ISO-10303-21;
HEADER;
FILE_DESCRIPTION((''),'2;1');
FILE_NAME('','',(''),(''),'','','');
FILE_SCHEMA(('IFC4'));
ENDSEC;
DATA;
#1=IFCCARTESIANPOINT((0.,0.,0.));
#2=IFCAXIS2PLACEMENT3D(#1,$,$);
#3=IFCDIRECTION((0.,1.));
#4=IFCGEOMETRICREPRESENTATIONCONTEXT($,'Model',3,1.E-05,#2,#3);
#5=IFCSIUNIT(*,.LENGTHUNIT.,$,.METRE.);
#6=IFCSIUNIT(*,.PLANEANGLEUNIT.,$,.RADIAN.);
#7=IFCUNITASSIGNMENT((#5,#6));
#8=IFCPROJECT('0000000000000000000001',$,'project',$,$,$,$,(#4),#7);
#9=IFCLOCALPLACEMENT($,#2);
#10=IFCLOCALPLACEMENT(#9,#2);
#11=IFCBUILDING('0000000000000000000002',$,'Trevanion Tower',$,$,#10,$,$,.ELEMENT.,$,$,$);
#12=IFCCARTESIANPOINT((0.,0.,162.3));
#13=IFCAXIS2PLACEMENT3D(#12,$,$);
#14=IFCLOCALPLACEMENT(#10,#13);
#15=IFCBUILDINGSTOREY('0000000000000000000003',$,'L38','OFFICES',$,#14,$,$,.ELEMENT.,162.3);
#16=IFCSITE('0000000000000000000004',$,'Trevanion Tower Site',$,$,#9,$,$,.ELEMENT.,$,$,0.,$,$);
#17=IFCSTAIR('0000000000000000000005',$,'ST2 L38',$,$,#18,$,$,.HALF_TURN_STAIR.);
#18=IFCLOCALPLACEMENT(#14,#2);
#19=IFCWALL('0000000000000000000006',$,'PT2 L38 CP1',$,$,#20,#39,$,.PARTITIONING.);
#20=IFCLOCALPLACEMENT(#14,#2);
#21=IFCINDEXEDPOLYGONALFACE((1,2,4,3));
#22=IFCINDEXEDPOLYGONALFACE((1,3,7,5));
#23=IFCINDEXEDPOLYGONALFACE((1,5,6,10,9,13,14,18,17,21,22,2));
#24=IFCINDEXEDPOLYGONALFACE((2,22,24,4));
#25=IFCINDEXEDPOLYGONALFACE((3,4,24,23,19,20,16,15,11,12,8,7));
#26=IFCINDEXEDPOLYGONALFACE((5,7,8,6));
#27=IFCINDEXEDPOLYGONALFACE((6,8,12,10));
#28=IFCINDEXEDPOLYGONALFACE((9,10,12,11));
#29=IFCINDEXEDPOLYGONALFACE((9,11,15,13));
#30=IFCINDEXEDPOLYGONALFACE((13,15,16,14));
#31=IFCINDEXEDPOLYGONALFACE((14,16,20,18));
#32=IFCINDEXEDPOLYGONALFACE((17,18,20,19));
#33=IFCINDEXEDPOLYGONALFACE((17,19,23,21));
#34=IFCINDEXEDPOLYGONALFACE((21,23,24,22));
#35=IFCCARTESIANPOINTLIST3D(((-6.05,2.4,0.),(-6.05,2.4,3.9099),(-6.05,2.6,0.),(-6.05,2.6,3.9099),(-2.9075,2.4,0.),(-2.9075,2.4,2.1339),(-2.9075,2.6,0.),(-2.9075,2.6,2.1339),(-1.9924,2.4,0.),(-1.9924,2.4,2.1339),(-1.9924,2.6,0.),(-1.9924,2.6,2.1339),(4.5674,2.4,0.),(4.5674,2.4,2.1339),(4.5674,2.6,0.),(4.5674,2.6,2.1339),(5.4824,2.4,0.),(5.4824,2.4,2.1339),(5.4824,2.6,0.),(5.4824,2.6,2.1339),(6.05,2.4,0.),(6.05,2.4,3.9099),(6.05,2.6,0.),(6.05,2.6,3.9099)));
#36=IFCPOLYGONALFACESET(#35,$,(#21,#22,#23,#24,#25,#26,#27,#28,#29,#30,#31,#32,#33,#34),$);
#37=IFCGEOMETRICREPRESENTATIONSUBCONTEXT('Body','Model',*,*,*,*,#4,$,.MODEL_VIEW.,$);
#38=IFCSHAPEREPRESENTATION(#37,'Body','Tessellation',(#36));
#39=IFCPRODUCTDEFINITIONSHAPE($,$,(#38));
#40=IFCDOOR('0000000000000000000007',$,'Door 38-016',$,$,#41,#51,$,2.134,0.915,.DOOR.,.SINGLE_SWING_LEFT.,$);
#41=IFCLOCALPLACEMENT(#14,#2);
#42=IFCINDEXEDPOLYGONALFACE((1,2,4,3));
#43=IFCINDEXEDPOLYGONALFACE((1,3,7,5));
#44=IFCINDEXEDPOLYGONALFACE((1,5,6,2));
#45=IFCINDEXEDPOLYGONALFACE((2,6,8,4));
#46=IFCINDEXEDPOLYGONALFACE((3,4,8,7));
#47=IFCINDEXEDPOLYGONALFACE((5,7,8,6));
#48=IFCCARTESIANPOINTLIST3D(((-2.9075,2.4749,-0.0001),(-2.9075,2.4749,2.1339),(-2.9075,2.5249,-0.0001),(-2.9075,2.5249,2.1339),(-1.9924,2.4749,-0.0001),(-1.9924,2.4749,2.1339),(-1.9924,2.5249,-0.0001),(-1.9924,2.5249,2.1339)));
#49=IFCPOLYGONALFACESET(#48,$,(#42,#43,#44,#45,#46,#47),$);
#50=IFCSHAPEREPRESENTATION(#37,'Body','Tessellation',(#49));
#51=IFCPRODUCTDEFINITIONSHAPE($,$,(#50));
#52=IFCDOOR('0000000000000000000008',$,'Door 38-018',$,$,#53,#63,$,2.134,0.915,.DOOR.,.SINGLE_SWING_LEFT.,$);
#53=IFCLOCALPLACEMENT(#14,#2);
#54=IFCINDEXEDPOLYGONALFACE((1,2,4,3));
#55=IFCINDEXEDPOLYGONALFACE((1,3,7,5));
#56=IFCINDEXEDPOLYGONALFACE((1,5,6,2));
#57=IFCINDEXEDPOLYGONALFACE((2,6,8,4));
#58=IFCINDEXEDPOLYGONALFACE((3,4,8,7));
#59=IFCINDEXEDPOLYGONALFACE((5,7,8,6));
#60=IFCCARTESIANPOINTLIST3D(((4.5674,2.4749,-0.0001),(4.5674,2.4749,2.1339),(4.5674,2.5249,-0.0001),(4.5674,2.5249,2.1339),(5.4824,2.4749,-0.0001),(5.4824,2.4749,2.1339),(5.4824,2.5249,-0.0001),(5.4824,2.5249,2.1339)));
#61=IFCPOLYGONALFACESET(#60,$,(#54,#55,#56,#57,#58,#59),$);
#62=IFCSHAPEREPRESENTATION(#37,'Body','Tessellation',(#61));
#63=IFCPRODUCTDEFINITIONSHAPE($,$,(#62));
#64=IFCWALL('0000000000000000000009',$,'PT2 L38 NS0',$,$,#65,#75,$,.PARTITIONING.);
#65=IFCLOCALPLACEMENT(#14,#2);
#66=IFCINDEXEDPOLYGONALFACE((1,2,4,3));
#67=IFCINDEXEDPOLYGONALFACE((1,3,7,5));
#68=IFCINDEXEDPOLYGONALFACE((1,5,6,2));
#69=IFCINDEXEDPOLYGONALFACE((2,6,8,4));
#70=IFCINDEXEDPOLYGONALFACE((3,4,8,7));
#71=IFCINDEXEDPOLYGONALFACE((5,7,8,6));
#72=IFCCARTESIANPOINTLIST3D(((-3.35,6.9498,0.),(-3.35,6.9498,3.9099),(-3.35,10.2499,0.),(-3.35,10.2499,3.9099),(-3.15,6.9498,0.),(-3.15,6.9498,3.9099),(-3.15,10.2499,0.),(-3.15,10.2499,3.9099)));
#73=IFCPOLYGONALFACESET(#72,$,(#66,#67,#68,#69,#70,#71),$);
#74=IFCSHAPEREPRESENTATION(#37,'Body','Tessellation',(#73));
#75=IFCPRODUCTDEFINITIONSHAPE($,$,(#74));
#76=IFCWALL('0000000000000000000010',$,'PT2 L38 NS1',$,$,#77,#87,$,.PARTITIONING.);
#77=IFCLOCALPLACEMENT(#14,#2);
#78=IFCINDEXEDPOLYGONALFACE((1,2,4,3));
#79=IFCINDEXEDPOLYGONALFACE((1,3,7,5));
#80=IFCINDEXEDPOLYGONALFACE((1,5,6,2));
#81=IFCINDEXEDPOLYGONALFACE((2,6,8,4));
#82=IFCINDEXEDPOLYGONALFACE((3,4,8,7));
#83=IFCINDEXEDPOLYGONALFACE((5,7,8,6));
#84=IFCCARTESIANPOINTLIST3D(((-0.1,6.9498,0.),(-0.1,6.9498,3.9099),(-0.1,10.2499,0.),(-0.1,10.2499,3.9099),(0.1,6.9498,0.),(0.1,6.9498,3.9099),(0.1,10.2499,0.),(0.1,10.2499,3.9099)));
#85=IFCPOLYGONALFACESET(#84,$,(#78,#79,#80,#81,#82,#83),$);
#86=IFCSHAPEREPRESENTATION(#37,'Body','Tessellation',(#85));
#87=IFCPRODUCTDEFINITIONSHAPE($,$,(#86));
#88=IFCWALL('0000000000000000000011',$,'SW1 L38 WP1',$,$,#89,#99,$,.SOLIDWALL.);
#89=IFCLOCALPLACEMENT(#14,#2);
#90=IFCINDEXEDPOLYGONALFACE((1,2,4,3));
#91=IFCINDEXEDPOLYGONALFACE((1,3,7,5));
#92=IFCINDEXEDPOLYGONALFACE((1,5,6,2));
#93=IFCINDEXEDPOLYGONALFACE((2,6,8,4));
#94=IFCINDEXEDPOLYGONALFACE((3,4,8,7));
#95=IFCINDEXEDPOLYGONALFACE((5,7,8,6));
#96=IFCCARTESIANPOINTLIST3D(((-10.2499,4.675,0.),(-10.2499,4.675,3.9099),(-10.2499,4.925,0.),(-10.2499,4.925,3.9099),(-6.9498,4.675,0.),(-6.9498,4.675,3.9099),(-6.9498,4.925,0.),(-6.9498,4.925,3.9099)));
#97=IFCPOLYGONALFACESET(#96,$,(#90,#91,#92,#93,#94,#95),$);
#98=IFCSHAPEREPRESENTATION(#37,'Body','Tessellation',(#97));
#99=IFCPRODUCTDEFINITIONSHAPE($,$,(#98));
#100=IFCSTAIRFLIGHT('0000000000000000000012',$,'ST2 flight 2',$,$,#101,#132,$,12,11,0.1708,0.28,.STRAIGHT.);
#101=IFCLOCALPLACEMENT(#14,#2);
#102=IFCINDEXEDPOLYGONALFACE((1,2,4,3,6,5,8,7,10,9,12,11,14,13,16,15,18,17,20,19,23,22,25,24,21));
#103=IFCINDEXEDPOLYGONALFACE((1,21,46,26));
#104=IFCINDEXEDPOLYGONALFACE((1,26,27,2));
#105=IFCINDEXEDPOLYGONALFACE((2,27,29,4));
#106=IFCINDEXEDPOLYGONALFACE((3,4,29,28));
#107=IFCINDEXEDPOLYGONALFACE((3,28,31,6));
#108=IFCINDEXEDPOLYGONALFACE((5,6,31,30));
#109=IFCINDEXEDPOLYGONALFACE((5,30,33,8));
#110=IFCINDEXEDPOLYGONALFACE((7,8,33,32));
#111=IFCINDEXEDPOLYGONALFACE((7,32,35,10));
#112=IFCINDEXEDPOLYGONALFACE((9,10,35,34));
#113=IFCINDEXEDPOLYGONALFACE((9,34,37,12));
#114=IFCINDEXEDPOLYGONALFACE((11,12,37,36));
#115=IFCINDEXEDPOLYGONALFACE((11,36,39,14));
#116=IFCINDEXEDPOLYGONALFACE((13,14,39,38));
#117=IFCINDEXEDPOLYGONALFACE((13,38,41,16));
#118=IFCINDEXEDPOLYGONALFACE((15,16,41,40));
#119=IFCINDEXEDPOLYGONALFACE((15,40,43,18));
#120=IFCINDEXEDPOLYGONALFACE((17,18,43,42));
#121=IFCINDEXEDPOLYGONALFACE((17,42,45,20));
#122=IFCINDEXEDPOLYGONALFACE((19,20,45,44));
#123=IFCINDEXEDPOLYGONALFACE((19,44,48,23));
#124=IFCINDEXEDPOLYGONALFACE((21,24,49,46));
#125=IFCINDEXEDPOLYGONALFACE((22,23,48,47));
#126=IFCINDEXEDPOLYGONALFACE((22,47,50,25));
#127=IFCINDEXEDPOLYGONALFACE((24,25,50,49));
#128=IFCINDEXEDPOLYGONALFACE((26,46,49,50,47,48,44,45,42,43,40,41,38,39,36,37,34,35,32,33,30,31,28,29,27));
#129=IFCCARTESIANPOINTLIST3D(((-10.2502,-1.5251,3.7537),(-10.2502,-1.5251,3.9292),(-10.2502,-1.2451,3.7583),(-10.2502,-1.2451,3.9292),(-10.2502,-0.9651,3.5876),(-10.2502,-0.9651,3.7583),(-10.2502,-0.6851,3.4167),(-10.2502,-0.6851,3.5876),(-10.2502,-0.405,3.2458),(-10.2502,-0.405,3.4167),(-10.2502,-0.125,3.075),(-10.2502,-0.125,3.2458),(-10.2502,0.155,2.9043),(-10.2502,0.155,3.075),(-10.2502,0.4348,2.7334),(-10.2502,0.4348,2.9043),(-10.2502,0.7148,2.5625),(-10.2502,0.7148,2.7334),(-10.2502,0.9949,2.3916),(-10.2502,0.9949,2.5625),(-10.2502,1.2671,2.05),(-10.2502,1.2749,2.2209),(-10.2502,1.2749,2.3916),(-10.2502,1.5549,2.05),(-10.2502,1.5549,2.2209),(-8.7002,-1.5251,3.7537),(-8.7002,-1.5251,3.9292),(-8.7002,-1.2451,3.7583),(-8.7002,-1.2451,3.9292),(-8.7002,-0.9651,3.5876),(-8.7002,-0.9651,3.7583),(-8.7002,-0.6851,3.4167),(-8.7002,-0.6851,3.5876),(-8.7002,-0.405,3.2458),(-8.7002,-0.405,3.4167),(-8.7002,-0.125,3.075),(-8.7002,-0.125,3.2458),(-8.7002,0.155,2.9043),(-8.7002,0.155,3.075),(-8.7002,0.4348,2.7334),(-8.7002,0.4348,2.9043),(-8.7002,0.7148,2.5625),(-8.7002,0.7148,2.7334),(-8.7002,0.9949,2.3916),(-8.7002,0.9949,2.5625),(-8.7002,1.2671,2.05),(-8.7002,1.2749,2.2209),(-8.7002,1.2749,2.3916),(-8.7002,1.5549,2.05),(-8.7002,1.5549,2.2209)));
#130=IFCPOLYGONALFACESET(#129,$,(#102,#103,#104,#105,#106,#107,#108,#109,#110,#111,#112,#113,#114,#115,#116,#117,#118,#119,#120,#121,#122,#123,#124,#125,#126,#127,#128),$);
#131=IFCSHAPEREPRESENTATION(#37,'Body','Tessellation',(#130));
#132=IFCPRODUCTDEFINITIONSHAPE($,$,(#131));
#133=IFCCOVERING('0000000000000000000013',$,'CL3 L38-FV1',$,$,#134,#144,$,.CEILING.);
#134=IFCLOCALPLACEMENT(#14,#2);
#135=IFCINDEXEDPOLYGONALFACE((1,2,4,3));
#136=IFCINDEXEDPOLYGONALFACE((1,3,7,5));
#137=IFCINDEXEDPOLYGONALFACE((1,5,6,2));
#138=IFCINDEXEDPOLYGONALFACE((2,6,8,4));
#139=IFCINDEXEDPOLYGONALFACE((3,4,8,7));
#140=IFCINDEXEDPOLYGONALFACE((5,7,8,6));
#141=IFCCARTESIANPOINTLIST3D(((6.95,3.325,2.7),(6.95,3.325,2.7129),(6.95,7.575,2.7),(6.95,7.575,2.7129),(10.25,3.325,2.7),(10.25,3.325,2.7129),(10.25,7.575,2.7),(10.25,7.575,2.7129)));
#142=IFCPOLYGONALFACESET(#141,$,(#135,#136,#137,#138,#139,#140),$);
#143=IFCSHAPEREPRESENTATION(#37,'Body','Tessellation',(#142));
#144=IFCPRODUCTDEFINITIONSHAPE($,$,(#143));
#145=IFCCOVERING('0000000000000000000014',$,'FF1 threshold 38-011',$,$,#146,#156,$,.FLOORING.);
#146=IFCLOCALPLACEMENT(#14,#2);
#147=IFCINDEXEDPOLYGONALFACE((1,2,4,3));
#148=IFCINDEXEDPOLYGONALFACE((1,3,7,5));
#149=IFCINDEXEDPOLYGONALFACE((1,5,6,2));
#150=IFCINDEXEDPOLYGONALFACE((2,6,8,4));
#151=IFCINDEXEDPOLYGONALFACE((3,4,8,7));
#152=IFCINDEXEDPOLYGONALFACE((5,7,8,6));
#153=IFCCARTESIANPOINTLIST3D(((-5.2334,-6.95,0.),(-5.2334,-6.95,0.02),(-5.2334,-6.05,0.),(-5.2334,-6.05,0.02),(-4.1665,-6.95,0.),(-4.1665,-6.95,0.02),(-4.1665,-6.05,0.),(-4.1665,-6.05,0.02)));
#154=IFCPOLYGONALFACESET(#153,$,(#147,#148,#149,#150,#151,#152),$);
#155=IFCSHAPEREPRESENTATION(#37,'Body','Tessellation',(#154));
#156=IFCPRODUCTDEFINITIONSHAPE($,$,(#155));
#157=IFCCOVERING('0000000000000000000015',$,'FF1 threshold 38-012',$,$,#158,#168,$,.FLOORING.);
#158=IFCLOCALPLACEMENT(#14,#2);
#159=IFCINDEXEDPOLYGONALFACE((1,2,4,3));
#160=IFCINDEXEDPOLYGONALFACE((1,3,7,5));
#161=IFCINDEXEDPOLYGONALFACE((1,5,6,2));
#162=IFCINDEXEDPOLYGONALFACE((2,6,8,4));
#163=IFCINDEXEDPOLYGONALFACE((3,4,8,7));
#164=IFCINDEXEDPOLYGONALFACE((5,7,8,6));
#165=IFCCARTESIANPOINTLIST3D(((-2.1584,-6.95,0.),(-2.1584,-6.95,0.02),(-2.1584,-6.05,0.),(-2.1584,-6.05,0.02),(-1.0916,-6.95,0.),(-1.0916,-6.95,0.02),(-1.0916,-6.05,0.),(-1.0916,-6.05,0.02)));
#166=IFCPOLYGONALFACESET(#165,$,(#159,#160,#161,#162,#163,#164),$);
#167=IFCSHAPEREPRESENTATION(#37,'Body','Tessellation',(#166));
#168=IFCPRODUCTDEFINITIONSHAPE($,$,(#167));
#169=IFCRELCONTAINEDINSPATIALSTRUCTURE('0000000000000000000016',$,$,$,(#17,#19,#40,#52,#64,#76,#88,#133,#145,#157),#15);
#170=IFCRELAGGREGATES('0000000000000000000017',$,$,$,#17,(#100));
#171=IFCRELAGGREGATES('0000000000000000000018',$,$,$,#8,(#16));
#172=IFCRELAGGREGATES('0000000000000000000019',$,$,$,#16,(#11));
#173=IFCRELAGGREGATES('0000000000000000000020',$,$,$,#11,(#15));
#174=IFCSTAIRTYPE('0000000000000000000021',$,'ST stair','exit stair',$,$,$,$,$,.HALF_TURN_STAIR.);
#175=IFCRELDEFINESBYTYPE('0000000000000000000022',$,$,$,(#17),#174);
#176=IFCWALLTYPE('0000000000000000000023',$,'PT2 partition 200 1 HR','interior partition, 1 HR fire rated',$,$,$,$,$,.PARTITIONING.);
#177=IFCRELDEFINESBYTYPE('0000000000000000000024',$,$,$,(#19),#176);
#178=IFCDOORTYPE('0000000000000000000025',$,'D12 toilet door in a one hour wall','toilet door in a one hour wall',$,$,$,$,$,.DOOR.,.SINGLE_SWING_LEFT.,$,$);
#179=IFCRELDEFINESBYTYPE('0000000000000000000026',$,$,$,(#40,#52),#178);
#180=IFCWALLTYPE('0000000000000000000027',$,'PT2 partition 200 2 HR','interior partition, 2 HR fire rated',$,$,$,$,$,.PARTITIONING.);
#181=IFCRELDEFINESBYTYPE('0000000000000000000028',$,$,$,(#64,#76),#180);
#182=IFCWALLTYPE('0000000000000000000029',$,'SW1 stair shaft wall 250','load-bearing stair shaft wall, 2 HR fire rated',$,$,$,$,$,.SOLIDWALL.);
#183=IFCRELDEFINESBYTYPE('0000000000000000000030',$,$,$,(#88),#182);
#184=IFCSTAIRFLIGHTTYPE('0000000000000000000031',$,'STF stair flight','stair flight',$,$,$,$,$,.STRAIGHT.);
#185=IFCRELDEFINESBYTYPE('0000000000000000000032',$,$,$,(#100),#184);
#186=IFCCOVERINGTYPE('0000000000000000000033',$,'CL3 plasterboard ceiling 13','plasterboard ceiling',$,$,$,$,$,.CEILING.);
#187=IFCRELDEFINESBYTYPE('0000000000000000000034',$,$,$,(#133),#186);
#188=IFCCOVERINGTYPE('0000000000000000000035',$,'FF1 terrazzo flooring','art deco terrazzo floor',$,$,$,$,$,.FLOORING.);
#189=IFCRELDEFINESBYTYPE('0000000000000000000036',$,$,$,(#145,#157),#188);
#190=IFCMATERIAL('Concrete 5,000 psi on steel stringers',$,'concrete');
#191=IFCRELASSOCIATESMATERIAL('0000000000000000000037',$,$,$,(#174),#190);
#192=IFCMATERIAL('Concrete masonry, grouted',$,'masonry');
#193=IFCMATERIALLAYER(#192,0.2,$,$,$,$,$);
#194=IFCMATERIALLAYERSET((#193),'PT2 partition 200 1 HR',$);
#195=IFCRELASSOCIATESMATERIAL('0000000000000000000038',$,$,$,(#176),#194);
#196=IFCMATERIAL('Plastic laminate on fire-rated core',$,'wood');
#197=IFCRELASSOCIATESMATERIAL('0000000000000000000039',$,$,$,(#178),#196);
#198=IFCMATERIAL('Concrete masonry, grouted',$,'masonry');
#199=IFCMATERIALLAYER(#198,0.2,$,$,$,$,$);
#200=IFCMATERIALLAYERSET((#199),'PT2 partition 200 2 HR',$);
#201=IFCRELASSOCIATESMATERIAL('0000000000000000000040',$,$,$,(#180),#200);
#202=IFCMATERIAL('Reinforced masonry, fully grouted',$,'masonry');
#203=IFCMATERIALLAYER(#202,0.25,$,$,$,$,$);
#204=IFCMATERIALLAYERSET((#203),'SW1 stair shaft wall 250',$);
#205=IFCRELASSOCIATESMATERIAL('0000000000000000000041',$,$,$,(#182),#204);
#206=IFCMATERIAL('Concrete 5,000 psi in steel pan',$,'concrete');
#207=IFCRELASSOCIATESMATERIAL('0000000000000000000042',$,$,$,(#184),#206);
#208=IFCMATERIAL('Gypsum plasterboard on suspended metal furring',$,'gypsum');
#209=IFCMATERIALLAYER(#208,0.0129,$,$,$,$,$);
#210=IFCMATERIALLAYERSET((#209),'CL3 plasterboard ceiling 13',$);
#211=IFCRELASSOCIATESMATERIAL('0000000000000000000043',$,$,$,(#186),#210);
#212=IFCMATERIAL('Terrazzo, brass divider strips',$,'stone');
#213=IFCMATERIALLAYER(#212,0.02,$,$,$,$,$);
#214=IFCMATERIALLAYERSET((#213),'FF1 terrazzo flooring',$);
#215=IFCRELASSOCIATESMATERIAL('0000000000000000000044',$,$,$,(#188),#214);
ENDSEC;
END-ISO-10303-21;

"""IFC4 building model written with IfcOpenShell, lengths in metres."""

from ifc_helpers import new_model, si_unit, direction, frame, frame_2d, origin, place, context, subcontext, project, spatial, polyline, rectangle, outline, extrude, material, layer, layer_set, type_object, element, fill, aggregate, save


model = new_model("IFC4")

# Units and contexts
model_context = context("Model", 3, precision=1e-05, world=origin(), true_north=direction((0.0, 1.0)))
body_context = subcontext(model_context, "Body", "Model", "MODEL_VIEW")
ifc_project = project(units=[si_unit("LENGTHUNIT", "METRE"), si_unit("PLANEANGLEUNIT", "RADIAN")], contexts=[model_context])

# Site, building, storey
site_placement = place(None, origin())
site = spatial("IfcSite", under=ifc_project, at=site_placement, Name="Trevanion Tower Site", CompositionType="ELEMENT", RefElevation=0.0)
building_placement = place(site_placement, origin())
building = spatial("IfcBuilding", under=site, at=building_placement, Name="Trevanion Tower", CompositionType="ELEMENT")
storey_placement = place(building_placement, frame((0.0, 0.0, 162.3)))
storey = spatial("IfcBuildingStorey", under=building, at=storey_placement, Name="L38", Description="OFFICES", CompositionType="ELEMENT", Elevation=162.3)

# Stair
ifc_material_1 = material(Name="Concrete 5,000 psi on steel stringers", Category="concrete")
stair_type = type_object("IfcStairType", Name="ST stair", Description="exit stair", PredefinedType="HALF_TURN_STAIR", material=ifc_material_1)
stair_1_placement = place(storey_placement, origin())
stair_1 = element("IfcStair", 1, at=stair_1_placement, inside=storey, type_object=stair_type, Name="ST2 L38", PredefinedType="HALF_TURN_STAIR")

# Wall, openings, doors
ifc_material_2 = material(Name="Concrete masonry, grouted", Category="masonry")
ifc_layer_1 = layer(ifc_material_2, 0.2)
ifc_layer_set_1 = layer_set([ifc_layer_1], Name="PT2 partition 200 1 HR")
wall_type_1 = type_object("IfcWallType", Name="PT2 partition 200 1 HR", Description="interior partition, 1 HR fire rated", PredefinedType="PARTITIONING", material=ifc_layer_set_1)
wall_1_placement = place(storey_placement, frame((-6.05, 2.5, 0.0), z_axis=(0.0, 0.0, 1.0), x_axis=(1.0, 0.0, 0.0)))
wall_1 = element("IfcWall", 2, at=wall_1_placement, inside=storey, type_object=wall_type_1, Name="PT2 L38 CP1", PredefinedType="PARTITIONING", context=body_context, shape_type="SweptSolid", body=[
    extrude(rectangle(XDim=12.1001, YDim=0.2, at=frame_2d((6.05, 0.0))), origin(), (0.0, 0.0, 1.0), 3.9099),
])
opening_1_placement = place(wall_1_placement, frame((3.1426, 0.0, 0.0)))
opening_1 = element("IfcOpeningElement", 3, at=opening_1_placement, cuts=wall_1, PredefinedType="OPENING", context=body_context, shape_type="SweptSolid", body=[
    extrude(rectangle(XDim=0.915, YDim=2.134, at=frame_2d((0.4575, 1.0669))), frame((0.0, 0.1099, 0.0), z_axis=(0.0, -1.0, 0.0), x_axis=(1.0, 0.0, 0.0)), (0.0, 0.0, 1.0), 0.22),
])
opening_2_placement = place(wall_1_placement, frame((10.6174, 0.0, 0.0)))
opening_2 = element("IfcOpeningElement", 4, at=opening_2_placement, cuts=wall_1, PredefinedType="OPENING", context=body_context, shape_type="SweptSolid", body=[
    extrude(rectangle(XDim=0.915, YDim=2.134, at=frame_2d((0.4575, 1.0669))), frame((0.0, 0.1099, 0.0), z_axis=(0.0, -1.0, 0.0), x_axis=(1.0, 0.0, 0.0)), (0.0, 0.0, 1.0), 0.22),
])
ifc_material_3 = material(Name="Plastic laminate on fire-rated core", Category="wood")
door_type_1 = type_object("IfcDoorType", Name="D12 toilet door in a one hour wall", Description="toilet door in a one hour wall", OperationType="SINGLE_SWING_LEFT", PredefinedType="DOOR", material=ifc_material_3)
door_1_placement = place(opening_1_placement, origin())
door_1 = element("IfcDoor", 5, at=door_1_placement, inside=storey, type_object=door_type_1, Name="Door 38-016", OperationType="SINGLE_SWING_LEFT", OverallHeight=2.134, OverallWidth=0.915, PredefinedType="DOOR", context=body_context, shape_type="SweptSolid", body=[
    extrude(rectangle(XDim=0.915, YDim=2.134, at=frame_2d((0.4575, 1.0669))), frame((0.0, 0.0249, 0.0), z_axis=(0.0, -1.0, 0.0), x_axis=(1.0, 0.0, 0.0)), (0.0, 0.0, 1.0), 0.05),
])
fill(opening_1, door_1)
door_2_placement = place(opening_2_placement, origin())
door_2 = element("IfcDoor", 6, at=door_2_placement, inside=storey, type_object=door_type_1, Name="Door 38-018", OperationType="SINGLE_SWING_LEFT", OverallHeight=2.134, OverallWidth=0.915, PredefinedType="DOOR", context=body_context, shape_type="SweptSolid", body=[
    extrude(rectangle(XDim=0.915, YDim=2.134, at=frame_2d((0.4575, 1.0669))), frame((0.0, 0.0249, 0.0), z_axis=(0.0, -1.0, 0.0), x_axis=(1.0, 0.0, 0.0)), (0.0, 0.0, 1.0), 0.05),
])
fill(opening_2, door_2)

# Walls
ifc_material_4 = material(Name="Concrete masonry, grouted", Category="masonry")
ifc_layer_2 = layer(ifc_material_4, 0.2)
ifc_layer_set_2 = layer_set([ifc_layer_2], Name="PT2 partition 200 2 HR")
wall_type_2 = type_object("IfcWallType", Name="PT2 partition 200 2 HR", Description="interior partition, 2 HR fire rated", PredefinedType="PARTITIONING", material=ifc_layer_set_2)
for number, where, z_axis, x_axis, name in (
    (7, (-3.25, 6.95, 0.0), (0.0, 0.0, 1.0), (0.0, 1.0, 0.0), "PT2 L38 NS0"),
    (8, (0.0, 6.95, 0.0), (0.0, 0.0, 1.0), (0.0, 1.0, 0.0), "PT2 L38 NS1"),
):
    element("IfcWall", number, at=place(storey_placement, frame(where, z_axis=z_axis, x_axis=x_axis)), inside=storey, type_object=wall_type_2, Name=name, PredefinedType="PARTITIONING", context=body_context, shape_type="SweptSolid", body=[
        extrude(rectangle(XDim=3.3, YDim=0.2, at=frame_2d((1.6499, 0.0))), origin(), (0.0, 0.0, 1.0), 3.9099),
    ])
ifc_material_5 = material(Name="Reinforced masonry, fully grouted", Category="masonry")
ifc_layer_3 = layer(ifc_material_5, 0.25)
ifc_layer_set_3 = layer_set([ifc_layer_3], Name="SW1 stair shaft wall 250")
wall_type_3 = type_object("IfcWallType", Name="SW1 stair shaft wall 250", Description="load-bearing stair shaft wall, 2 HR fire rated", PredefinedType="SOLIDWALL", material=ifc_layer_set_3)
wall_2_placement = place(storey_placement, frame((-6.95, 4.8, 0.0), z_axis=(0.0, 0.0, 1.0), x_axis=(-1.0, 0.0, 0.0)))
element("IfcWall", 9, at=wall_2_placement, inside=storey, type_object=wall_type_3, Name="SW1 L38 WP1", PredefinedType="SOLIDWALL", context=body_context, shape_type="SweptSolid", body=[
    extrude(rectangle(XDim=3.3, YDim=0.25, at=frame_2d((1.6499, 0.0))), origin(), (0.0, 0.0, 1.0), 3.9099),
])

# Stair flight
ifc_material_6 = material(Name="Concrete 5,000 psi in steel pan", Category="concrete")
stair_flight_type = type_object("IfcStairFlightType", Name="STF stair flight", Description="stair flight", PredefinedType="STRAIGHT", material=ifc_material_6)
stair_flight_placement = place(storey_placement, frame((-9.4751, 1.5549, 2.05), z_axis=(0.0, 0.0, 1.0), x_axis=(0.0, -1.0, 0.0)))
stair_flight = element("IfcStairFlight", 10, at=stair_flight_placement, type_object=stair_flight_type, Name="ST2 flight 2", NumberOfRisers=12, NumberOfTreads=11, PredefinedType="STRAIGHT", RiserHeight=0.1708, TreadLength=0.28, context=body_context, shape_type="SweptSolid", body=[
    extrude(outline(polyline([(0.0, 0.0), (0.0, 0.1709), (0.28, 0.1709), (0.28, 0.3416), (0.5601, 0.3416), (0.5601, 0.5125), (0.8401, 0.5125), (0.8401, 0.6833), (1.1201, 0.6833), (1.1201, 0.8542), (1.3999, 0.8542), (1.3999, 1.0249), (1.6799, 1.0249), (1.6799, 1.1958), (1.96, 1.1958), (1.96, 1.3667), (2.24, 1.3667), (2.24, 1.5376), (2.52, 1.5376), (2.52, 1.7083), (2.8, 1.7083), (2.8, 1.8792), (3.0801, 1.8792), (3.0801, 2.05), (3.0801, 1.7036), (0.2878, 0.0), (0.0, 0.0)])), frame((0.0, 0.7749, 0.0), z_axis=(0.0, -1.0, 0.0), x_axis=(1.0, 0.0, 0.0)), (0.0, 0.0, 1.0), 1.55),
])
aggregate(stair_1, [stair_flight])

# Coverings
ifc_material_7 = material(Name="Gypsum plasterboard on suspended metal furring", Category="gypsum")
ifc_layer_4 = layer(ifc_material_7, 0.0129)
ifc_layer_set_4 = layer_set([ifc_layer_4], Name="CL3 plasterboard ceiling 13")
covering_type_1 = type_object("IfcCoveringType", Name="CL3 plasterboard ceiling 13", Description="plasterboard ceiling", PredefinedType="CEILING", material=ifc_layer_set_4)
covering_1_placement = place(storey_placement, frame((0.0, 0.0, 2.7)))
element("IfcCovering", 11, at=covering_1_placement, inside=storey, type_object=covering_type_1, Name="CL3 L38-FV1", PredefinedType="CEILING", context=body_context, shape_type="SweptSolid", body=[
    extrude(outline(polyline([(10.25, 3.325), (10.25, 7.575), (6.95, 7.575), (6.95, 3.325), (10.25, 3.325)])), origin(), (0.0, 0.0, 1.0), 0.0129),
])
ifc_material_8 = material(Name="Terrazzo, brass divider strips", Category="stone")
ifc_layer_5 = layer(ifc_material_8, 0.02)
ifc_layer_set_5 = layer_set([ifc_layer_5], Name="FF1 terrazzo flooring")
covering_type_2 = type_object("IfcCoveringType", Name="FF1 terrazzo flooring", Description="art deco terrazzo floor", PredefinedType="FLOORING", material=ifc_layer_set_5)
covering_2_placement = place(storey_placement, origin())
element("IfcCovering", 12, at=covering_2_placement, inside=storey, type_object=covering_type_2, Name="FF1 threshold 38-011", PredefinedType="FLOORING", context=body_context, shape_type="SweptSolid", body=[
    extrude(outline(polyline([(-5.2334, -6.95), (-4.1665, -6.95), (-4.1665, -6.05), (-5.2334, -6.05), (-5.2334, -6.95)])), origin(), (0.0, 0.0, 1.0), 0.02),
])
covering_3_placement = place(storey_placement, origin())
element("IfcCovering", 13, at=covering_3_placement, inside=storey, type_object=covering_type_2, Name="FF1 threshold 38-012", PredefinedType="FLOORING", context=body_context, shape_type="SweptSolid", body=[
    extrude(outline(polyline([(-2.1584, -6.95), (-1.0916, -6.95), (-1.0916, -6.05), (-2.1584, -6.05), (-2.1584, -6.95)])), origin(), (0.0, 0.0, 1.0), 0.02),
])

save(model, "model.ifc")
